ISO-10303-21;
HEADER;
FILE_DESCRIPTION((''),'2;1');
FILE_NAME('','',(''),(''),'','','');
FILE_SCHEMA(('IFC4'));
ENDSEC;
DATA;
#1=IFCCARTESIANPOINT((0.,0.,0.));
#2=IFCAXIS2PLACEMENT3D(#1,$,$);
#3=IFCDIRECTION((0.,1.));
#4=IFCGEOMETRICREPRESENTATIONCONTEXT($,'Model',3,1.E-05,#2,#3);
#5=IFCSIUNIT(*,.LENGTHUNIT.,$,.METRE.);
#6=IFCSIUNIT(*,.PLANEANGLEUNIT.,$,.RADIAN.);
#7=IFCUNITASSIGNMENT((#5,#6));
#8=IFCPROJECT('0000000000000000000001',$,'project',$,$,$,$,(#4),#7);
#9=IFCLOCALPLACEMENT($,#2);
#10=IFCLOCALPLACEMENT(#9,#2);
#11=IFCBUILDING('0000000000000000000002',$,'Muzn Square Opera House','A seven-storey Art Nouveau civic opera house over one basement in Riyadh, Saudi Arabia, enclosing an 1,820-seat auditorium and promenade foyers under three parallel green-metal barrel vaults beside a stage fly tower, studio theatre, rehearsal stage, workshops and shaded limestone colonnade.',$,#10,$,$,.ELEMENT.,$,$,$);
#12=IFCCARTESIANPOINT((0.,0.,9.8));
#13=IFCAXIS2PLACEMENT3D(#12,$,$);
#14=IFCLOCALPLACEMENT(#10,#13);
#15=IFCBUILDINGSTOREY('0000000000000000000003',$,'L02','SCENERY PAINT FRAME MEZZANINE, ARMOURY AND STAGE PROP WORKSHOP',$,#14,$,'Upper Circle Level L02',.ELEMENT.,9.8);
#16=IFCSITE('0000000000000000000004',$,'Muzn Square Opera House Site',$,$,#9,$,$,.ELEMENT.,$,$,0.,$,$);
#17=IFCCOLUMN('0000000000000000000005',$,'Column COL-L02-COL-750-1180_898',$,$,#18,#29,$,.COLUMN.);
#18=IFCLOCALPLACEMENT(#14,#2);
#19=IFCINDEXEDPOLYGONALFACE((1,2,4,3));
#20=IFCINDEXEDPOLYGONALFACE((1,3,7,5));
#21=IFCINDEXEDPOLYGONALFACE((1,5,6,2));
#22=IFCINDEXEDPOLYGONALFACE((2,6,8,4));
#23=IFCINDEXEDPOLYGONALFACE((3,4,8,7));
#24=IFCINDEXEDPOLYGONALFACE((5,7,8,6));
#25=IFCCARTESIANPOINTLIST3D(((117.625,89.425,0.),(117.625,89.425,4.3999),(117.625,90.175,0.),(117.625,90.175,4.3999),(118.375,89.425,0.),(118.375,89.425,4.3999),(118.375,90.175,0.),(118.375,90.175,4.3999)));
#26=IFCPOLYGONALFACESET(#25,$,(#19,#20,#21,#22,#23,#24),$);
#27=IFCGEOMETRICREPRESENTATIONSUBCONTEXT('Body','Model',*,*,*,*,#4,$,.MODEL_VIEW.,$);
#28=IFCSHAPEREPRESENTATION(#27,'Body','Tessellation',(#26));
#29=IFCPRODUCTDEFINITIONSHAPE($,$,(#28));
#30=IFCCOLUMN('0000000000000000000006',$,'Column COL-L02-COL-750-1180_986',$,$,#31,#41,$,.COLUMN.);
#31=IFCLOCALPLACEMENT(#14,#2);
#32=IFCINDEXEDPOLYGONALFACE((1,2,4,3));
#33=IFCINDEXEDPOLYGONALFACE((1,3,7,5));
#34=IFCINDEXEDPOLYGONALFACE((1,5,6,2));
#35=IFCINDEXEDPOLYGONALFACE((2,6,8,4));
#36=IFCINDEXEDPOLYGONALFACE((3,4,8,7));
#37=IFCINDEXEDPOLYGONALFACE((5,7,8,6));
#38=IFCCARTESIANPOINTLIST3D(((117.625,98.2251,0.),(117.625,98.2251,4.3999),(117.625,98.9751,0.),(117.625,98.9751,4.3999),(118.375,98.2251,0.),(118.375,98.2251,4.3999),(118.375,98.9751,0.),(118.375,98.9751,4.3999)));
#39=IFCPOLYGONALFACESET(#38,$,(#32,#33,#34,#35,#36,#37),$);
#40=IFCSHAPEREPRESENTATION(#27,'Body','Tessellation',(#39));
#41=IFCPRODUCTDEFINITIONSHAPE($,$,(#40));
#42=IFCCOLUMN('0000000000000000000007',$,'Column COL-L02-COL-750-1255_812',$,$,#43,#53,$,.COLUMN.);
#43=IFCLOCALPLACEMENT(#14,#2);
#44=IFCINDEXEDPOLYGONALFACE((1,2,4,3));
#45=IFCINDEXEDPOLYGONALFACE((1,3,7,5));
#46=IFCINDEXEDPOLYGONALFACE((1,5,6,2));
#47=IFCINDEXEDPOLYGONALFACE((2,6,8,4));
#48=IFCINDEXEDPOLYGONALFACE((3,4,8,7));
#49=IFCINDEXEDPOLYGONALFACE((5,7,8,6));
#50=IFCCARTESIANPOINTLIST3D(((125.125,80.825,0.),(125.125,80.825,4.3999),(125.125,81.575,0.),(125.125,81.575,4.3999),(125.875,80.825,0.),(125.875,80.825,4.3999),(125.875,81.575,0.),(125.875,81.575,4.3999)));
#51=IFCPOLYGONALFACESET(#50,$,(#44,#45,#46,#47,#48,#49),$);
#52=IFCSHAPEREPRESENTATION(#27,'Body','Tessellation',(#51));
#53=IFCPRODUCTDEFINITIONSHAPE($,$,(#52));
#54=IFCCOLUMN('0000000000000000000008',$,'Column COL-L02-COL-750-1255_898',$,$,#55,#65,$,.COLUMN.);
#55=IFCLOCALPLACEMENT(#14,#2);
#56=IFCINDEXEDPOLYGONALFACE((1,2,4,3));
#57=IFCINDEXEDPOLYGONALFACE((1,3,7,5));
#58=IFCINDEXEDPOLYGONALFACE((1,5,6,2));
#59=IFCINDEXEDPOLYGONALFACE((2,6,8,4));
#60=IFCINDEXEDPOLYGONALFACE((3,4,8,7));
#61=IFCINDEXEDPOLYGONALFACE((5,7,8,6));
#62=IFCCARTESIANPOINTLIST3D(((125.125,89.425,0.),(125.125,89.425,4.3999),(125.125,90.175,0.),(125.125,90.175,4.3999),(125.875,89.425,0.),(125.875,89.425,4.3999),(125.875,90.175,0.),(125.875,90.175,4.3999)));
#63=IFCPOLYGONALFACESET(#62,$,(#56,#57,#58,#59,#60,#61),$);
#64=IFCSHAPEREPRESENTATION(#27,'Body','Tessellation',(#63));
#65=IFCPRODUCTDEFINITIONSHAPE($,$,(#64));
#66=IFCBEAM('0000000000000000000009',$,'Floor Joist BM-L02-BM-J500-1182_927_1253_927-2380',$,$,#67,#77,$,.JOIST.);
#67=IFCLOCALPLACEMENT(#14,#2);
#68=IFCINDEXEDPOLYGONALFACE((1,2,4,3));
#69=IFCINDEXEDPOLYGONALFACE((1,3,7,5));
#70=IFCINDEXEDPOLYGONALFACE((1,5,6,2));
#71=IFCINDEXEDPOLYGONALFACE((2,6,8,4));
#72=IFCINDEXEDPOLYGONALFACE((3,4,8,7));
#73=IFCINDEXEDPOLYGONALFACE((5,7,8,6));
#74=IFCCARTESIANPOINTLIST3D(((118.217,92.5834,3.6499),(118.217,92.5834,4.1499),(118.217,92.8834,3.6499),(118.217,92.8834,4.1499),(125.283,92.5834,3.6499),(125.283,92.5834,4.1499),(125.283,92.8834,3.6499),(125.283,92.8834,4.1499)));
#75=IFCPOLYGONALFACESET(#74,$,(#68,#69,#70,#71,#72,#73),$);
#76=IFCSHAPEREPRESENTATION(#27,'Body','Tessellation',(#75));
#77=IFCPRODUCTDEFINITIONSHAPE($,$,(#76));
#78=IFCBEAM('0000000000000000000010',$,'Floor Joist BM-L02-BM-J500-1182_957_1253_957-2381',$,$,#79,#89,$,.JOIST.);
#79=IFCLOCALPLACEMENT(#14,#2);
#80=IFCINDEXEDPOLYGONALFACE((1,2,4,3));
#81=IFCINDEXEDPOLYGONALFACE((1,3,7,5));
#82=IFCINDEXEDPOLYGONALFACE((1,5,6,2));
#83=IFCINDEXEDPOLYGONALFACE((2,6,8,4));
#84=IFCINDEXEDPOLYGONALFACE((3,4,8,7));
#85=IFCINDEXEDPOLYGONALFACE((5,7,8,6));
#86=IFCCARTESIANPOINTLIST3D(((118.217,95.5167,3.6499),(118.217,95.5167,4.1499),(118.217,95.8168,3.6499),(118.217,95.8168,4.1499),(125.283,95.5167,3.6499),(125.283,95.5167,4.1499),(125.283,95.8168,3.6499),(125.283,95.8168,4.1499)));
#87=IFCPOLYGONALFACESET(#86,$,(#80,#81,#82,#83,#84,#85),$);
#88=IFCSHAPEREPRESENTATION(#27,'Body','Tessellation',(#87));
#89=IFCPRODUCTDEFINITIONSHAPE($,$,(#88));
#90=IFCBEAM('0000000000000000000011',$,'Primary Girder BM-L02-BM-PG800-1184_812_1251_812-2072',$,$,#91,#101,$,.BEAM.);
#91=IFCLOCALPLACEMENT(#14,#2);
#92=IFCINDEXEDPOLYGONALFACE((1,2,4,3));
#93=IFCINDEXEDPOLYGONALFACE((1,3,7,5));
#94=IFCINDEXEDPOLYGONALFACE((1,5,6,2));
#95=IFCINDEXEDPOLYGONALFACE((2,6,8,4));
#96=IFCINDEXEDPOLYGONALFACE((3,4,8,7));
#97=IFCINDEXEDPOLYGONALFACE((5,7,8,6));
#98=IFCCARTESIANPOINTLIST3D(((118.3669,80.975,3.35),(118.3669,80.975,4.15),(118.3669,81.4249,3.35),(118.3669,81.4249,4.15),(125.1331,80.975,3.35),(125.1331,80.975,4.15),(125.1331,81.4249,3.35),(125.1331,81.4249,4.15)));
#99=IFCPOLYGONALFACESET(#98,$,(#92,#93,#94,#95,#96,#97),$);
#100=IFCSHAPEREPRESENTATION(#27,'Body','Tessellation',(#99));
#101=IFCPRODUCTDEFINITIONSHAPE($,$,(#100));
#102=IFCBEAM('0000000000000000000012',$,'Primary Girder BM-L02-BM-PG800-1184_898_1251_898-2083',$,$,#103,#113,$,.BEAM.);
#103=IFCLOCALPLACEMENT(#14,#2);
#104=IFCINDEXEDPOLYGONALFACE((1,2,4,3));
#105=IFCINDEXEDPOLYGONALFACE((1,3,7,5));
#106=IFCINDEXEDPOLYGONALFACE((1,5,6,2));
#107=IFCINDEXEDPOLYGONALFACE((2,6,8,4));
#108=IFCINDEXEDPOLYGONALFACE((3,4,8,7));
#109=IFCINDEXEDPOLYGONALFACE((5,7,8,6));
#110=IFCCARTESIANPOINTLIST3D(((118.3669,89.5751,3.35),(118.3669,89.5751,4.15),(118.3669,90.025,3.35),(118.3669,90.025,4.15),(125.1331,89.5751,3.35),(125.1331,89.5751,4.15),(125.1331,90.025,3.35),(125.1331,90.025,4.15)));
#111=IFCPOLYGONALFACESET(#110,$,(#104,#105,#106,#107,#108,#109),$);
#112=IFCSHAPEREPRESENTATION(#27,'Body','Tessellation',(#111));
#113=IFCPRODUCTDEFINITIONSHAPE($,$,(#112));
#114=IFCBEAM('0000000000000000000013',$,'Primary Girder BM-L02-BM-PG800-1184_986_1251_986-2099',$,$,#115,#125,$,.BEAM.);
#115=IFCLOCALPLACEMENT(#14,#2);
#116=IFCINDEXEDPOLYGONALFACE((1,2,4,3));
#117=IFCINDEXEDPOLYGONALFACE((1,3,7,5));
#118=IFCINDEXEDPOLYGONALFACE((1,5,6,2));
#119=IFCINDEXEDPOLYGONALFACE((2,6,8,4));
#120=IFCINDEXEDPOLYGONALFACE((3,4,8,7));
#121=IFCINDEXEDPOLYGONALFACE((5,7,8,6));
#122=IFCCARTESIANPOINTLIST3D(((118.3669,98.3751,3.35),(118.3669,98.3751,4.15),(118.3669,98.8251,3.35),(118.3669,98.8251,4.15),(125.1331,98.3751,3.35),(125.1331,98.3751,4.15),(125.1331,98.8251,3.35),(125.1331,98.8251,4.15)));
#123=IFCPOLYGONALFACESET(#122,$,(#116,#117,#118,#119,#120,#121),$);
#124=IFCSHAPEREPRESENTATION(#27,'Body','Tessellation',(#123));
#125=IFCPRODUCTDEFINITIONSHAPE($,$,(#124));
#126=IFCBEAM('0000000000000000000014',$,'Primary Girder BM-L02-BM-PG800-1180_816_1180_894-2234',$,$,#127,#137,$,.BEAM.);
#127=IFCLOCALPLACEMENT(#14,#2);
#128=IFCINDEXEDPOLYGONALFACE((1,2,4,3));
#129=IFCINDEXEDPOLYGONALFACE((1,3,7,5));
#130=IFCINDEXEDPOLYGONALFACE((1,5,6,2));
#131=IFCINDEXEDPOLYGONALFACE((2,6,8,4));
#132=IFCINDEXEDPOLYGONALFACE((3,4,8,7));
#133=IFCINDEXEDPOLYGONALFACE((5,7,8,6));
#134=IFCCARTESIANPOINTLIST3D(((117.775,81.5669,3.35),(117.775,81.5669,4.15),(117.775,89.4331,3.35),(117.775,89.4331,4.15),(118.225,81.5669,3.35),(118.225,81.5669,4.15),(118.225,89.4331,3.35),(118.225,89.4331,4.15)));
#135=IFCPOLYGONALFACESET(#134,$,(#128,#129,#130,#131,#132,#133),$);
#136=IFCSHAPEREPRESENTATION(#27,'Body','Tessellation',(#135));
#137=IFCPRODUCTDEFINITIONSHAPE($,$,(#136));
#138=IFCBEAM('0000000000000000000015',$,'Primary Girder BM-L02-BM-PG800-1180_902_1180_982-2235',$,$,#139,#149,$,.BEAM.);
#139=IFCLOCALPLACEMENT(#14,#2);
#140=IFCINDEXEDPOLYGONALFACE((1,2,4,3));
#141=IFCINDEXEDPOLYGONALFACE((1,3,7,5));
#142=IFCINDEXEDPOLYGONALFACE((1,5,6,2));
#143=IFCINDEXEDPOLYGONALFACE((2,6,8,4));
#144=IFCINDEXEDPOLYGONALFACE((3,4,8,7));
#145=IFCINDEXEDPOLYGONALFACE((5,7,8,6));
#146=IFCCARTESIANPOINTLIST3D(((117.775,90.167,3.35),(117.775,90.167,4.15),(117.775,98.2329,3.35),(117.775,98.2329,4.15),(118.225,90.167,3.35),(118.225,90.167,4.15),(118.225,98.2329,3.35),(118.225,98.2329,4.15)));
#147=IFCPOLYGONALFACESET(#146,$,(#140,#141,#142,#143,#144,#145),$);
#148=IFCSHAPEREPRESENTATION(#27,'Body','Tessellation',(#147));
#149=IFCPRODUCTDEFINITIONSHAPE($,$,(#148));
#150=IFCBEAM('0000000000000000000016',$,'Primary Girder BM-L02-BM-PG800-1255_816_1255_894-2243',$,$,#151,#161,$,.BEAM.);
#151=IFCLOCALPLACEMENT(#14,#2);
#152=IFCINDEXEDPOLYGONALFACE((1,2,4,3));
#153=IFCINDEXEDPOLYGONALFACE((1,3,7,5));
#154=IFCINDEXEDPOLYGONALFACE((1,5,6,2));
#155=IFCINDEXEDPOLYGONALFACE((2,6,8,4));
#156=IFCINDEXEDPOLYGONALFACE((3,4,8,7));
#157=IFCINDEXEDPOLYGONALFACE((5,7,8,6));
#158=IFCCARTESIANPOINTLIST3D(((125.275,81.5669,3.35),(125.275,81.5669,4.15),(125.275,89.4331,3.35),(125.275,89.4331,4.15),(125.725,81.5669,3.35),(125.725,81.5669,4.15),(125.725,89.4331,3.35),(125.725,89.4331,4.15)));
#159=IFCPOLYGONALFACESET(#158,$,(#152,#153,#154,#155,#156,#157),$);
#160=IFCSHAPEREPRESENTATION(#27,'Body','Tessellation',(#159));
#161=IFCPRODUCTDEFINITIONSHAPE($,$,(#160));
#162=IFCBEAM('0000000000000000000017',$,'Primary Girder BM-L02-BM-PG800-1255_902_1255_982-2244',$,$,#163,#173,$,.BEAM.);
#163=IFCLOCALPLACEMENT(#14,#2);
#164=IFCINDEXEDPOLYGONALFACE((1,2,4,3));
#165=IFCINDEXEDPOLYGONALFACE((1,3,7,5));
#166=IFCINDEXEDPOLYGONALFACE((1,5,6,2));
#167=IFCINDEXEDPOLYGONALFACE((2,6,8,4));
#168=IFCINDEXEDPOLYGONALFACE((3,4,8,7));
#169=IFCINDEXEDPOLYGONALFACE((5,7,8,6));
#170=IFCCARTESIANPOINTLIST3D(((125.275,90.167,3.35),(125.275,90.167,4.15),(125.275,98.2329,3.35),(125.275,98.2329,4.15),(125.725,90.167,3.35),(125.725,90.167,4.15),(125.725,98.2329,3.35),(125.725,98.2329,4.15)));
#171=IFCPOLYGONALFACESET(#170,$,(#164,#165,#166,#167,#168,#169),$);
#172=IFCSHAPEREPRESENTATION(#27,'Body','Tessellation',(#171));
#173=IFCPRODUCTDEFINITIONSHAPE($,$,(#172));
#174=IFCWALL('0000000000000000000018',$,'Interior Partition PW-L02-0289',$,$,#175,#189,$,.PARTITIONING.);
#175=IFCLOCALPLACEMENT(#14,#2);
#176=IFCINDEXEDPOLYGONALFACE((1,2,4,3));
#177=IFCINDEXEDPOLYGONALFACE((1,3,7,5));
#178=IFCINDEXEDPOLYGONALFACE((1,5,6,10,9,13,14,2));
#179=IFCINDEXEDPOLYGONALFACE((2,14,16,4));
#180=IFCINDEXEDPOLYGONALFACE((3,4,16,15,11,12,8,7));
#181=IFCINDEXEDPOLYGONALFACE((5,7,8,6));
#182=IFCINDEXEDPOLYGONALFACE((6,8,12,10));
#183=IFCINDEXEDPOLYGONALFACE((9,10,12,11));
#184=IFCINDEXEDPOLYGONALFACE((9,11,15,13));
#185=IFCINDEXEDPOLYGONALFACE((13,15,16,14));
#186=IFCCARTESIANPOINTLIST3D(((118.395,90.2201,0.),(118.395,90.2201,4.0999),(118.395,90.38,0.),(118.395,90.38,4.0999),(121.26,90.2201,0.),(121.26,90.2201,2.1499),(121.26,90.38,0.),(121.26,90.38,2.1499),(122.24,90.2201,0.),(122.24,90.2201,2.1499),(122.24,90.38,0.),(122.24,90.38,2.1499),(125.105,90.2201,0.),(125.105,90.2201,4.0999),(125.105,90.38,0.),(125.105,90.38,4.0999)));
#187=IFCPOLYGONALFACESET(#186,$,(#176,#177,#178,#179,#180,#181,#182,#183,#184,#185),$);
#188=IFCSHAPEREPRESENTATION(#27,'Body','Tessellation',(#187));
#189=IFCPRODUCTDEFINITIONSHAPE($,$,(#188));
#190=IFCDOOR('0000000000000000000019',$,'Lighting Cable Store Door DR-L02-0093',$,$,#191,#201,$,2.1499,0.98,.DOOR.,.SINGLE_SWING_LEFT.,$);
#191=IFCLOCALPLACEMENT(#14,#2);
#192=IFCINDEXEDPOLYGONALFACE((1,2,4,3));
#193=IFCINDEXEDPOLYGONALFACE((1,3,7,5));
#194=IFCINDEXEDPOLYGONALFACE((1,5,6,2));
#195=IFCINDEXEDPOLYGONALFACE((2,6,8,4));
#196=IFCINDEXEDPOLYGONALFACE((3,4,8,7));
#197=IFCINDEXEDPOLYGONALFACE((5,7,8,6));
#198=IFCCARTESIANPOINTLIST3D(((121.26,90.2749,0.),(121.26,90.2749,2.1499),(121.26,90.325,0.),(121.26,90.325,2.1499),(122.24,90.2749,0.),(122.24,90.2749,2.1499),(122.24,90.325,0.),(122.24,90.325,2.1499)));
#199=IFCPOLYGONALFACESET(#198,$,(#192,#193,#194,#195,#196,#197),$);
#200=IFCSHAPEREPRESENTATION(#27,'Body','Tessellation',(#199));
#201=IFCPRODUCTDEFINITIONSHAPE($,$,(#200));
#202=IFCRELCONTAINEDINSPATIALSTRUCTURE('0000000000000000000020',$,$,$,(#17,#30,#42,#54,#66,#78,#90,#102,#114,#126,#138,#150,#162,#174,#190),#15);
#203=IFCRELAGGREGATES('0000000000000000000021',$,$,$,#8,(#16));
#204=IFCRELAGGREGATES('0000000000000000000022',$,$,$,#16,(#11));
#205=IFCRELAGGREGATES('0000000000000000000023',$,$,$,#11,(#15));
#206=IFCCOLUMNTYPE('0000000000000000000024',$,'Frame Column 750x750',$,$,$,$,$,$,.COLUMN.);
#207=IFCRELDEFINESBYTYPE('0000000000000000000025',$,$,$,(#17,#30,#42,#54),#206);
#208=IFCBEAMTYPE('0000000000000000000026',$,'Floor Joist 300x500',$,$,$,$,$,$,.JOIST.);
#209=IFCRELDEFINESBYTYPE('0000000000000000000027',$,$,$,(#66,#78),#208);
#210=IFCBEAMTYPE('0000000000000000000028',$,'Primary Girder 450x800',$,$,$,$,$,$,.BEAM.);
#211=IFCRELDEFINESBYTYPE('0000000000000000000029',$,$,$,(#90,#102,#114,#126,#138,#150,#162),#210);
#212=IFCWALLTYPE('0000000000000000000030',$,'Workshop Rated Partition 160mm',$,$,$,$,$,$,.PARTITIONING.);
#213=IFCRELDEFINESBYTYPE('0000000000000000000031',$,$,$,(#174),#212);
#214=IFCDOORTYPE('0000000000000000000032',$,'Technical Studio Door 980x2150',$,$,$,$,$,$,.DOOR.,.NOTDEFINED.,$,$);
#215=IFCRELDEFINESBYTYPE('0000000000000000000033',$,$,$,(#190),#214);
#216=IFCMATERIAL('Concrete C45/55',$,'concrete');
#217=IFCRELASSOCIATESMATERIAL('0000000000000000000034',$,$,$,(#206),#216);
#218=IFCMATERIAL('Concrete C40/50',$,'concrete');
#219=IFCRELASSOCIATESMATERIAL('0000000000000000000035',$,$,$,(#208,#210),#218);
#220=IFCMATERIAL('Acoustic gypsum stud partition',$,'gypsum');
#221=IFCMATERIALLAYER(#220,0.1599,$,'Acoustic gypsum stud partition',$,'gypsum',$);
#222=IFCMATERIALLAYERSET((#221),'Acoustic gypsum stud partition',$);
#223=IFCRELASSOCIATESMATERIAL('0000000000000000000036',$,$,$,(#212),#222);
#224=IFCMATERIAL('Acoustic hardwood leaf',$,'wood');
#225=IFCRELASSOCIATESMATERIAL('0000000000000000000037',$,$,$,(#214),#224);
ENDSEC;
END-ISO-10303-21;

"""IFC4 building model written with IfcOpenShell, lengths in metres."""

from ifc_helpers import new_model, si_unit, direction, frame, frame_2d, origin, origin_2d, place, context, subcontext, project, spatial, rectangle, extrude, material, layer, layer_set, material_profile, profile_set, type_object, element, fill, save


model = new_model("IFC4")

# Units and contexts
model_context = context("Model", 3, precision=1e-05, world=origin(), true_north=direction((0.0, 1.0)))
body_context = subcontext(model_context, "Body", "Model", "MODEL_VIEW")
ifc_project = project(units=[si_unit("LENGTHUNIT", "METRE"), si_unit("PLANEANGLEUNIT", "RADIAN")], contexts=[model_context])

# Site, building, storey
site_placement = place(None, origin())
site = spatial("IfcSite", under=ifc_project, at=site_placement, Name="Muzn Square Opera House Site", CompositionType="ELEMENT", RefElevation=0.0)
building_placement = place(site_placement, origin())
building = spatial("IfcBuilding", under=site, at=building_placement, Name="Muzn Square Opera House", Description="A seven-storey Art Nouveau civic opera house over one basement in Riyadh, Saudi Arabia, enclosing an 1,820-seat auditorium and promenade foyers under three parallel green-metal barrel vaults beside a stage fly tower, studio theatre, rehearsal stage, workshops and shaded limestone colonnade.", CompositionType="ELEMENT")
storey_placement = place(building_placement, frame((0.0, 0.0, 9.8)))
storey = spatial("IfcBuildingStorey", under=building, at=storey_placement, Name="L02", Description="SCENERY PAINT FRAME MEZZANINE, ARMOURY AND STAGE PROP WORKSHOP", LongName="Upper Circle Level L02", CompositionType="ELEMENT", Elevation=9.8)

# Columns
ifc_material_1 = material(Name="Concrete C45/55", Category="concrete")
ifc_material_profile_1 = material_profile(ifc_material_1, rectangle(XDim=0.75, YDim=0.75, at=origin_2d()), Name="RC 750x750", Category="concrete")
ifc_profile_set_1 = profile_set([ifc_material_profile_1], Name="Concrete C45/55")
column_type = type_object("IfcColumnType", Name="Frame Column 750x750", PredefinedType="COLUMN", material=ifc_profile_set_1)
for number, where, z_axis, x_axis, name in (
    (1, (118.0, 89.8, 0.0), (0.0, 0.0, 1.0), (1.0, 0.0, 0.0), "Column COL-L02-COL-750-1180_898"),
    (2, (118.0, 98.6001, 0.0), (0.0, 0.0, 1.0), (1.0, 0.0, 0.0), "Column COL-L02-COL-750-1180_986"),
    (3, (125.5, 81.2, 0.0), (0.0, 0.0, 1.0), (1.0, 0.0, 0.0), "Column COL-L02-COL-750-1255_812"),
    (4, (125.5, 89.8, 0.0), (0.0, 0.0, 1.0), (1.0, 0.0, 0.0), "Column COL-L02-COL-750-1255_898"),
):
    element("IfcColumn", number, at=place(storey_placement, frame(where, z_axis=z_axis, x_axis=x_axis)), inside=storey, type_object=column_type, Name=name, PredefinedType="COLUMN", context=body_context, shape_type="SweptSolid", body=[
        extrude(rectangle(XDim=0.75, YDim=0.75, at=origin_2d()), origin(), (0.0, 0.0, 1.0), 4.3999),
    ])

# Beams
ifc_material_2 = material(Name="Concrete C40/50", Category="concrete")
ifc_material_profile_2 = material_profile(ifc_material_2, rectangle(XDim=0.3, YDim=0.5, at=origin_2d()), Name="RCJ 300x500", Category="concrete")
ifc_profile_set_2 = profile_set([ifc_material_profile_2], Name="Concrete C40/50")
beam_type_1 = type_object("IfcBeamType", Name="Floor Joist 300x500", PredefinedType="JOIST", material=ifc_profile_set_2)
for number, where, z_axis, x_axis, name in (
    (5, (118.217, 92.7334, 3.8999), (1.0, 0.0, 0.0), (0.0, 1.0, 0.0), "Floor Joist BM-L02-BM-J500-1182_927_1253_927-2380"),
    (6, (118.217, 95.6667, 3.8999), (1.0, 0.0, 0.0), (0.0, 1.0, 0.0), "Floor Joist BM-L02-BM-J500-1182_957_1253_957-2381"),
):
    element("IfcBeam", number, at=place(storey_placement, frame(where, z_axis=z_axis, x_axis=x_axis)), inside=storey, type_object=beam_type_1, Name=name, PredefinedType="JOIST", context=body_context, shape_type="SweptSolid", body=[
        extrude(rectangle(XDim=0.3, YDim=0.5, at=origin_2d()), origin(), (0.0, 0.0, 1.0), 7.0659),
    ])
ifc_material_profile_3 = material_profile(ifc_material_2, rectangle(XDim=0.45, YDim=0.8, at=origin_2d()), Name="RCB 450x800", Category="concrete")
ifc_profile_set_3 = profile_set([ifc_material_profile_3], Name="Concrete C40/50")
beam_type_2 = type_object("IfcBeamType", Name="Primary Girder 450x800", PredefinedType="BEAM", material=ifc_profile_set_3)
for number, where, z_axis, x_axis, name in (
    (7, (118.3669, 81.2, 3.75), (1.0, 0.0, 0.0), (0.0, 1.0, 0.0), "Primary Girder BM-L02-BM-PG800-1184_812_1251_812-2072"),
    (8, (118.3669, 89.8, 3.75), (1.0, 0.0, 0.0), (0.0, 1.0, 0.0), "Primary Girder BM-L02-BM-PG800-1184_898_1251_898-2083"),
    (9, (118.3669, 98.6001, 3.75), (1.0, 0.0, 0.0), (0.0, 1.0, 0.0), "Primary Girder BM-L02-BM-PG800-1184_986_1251_986-2099"),
):
    element("IfcBeam", number, at=place(storey_placement, frame(where, z_axis=z_axis, x_axis=x_axis)), inside=storey, type_object=beam_type_2, Name=name, PredefinedType="BEAM", context=body_context, shape_type="SweptSolid", body=[
        extrude(rectangle(XDim=0.45, YDim=0.8, at=origin_2d()), origin(), (0.0, 0.0, 1.0), 6.7661),
    ])
beam_1_placement = place(storey_placement, frame((118.0, 81.5669, 3.75), z_axis=(0.0, 1.0, 0.0), x_axis=(-1.0, 0.0, 0.0)))
element("IfcBeam", 10, at=beam_1_placement, inside=storey, type_object=beam_type_2, Name="Primary Girder BM-L02-BM-PG800-1180_816_1180_894-2234", PredefinedType="BEAM", context=body_context, shape_type="SweptSolid", body=[
    extrude(rectangle(XDim=0.45, YDim=0.8, at=origin_2d()), origin(), (0.0, 0.0, 1.0), 7.8662),
])
beam_2_placement = place(storey_placement, frame((118.0, 90.167, 3.75), z_axis=(0.0, 1.0, 0.0), x_axis=(-1.0, 0.0, 0.0)))
element("IfcBeam", 11, at=beam_2_placement, inside=storey, type_object=beam_type_2, Name="Primary Girder BM-L02-BM-PG800-1180_902_1180_982-2235", PredefinedType="BEAM", context=body_context, shape_type="SweptSolid", body=[
    extrude(rectangle(XDim=0.45, YDim=0.8, at=origin_2d()), origin(), (0.0, 0.0, 1.0), 8.0659),
])
beam_3_placement = place(storey_placement, frame((125.5, 81.5669, 3.75), z_axis=(0.0, 1.0, 0.0), x_axis=(-1.0, 0.0, 0.0)))
element("IfcBeam", 12, at=beam_3_placement, inside=storey, type_object=beam_type_2, Name="Primary Girder BM-L02-BM-PG800-1255_816_1255_894-2243", PredefinedType="BEAM", context=body_context, shape_type="SweptSolid", body=[
    extrude(rectangle(XDim=0.45, YDim=0.8, at=origin_2d()), origin(), (0.0, 0.0, 1.0), 7.8662),
])
beam_4_placement = place(storey_placement, frame((125.5, 90.167, 3.75), z_axis=(0.0, 1.0, 0.0), x_axis=(-1.0, 0.0, 0.0)))
element("IfcBeam", 13, at=beam_4_placement, inside=storey, type_object=beam_type_2, Name="Primary Girder BM-L02-BM-PG800-1255_902_1255_982-2244", PredefinedType="BEAM", context=body_context, shape_type="SweptSolid", body=[
    extrude(rectangle(XDim=0.45, YDim=0.8, at=origin_2d()), origin(), (0.0, 0.0, 1.0), 8.0659),
])

# Wall, opening, door
ifc_material_3 = material(Name="Acoustic gypsum stud partition", Category="gypsum")
ifc_layer = layer(ifc_material_3, 0.1599, Name="Acoustic gypsum stud partition", Category="gypsum")
ifc_layer_set = layer_set([ifc_layer], Name="Acoustic gypsum stud partition")
wall_type = type_object("IfcWallType", Name="Workshop Rated Partition 160mm", PredefinedType="PARTITIONING", material=ifc_layer_set)
wall_1_placement = place(storey_placement, frame((118.395, 90.3, 0.0), z_axis=(0.0, 0.0, 1.0), x_axis=(1.0, 0.0, 0.0)))
wall_1 = element("IfcWall", 14, at=wall_1_placement, inside=storey, type_object=wall_type, Name="Interior Partition PW-L02-0289", PredefinedType="PARTITIONING", context=body_context, shape_type="SweptSolid", body=[
    extrude(rectangle(XDim=6.71, YDim=0.1599, at=frame_2d((3.355, 0.0))), origin(), (0.0, 0.0, 1.0), 4.0999),
])
opening_placement = place(wall_1_placement, frame((2.865, 0.0, 0.0)))
opening = element("IfcOpeningElement", 15, at=opening_placement, cuts=wall_1, PredefinedType="OPENING", context=body_context, shape_type="SweptSolid", body=[
    extrude(rectangle(XDim=0.98, YDim=2.1499, at=frame_2d((0.49, 1.075))), frame((0.0, 0.0898, 0.0), z_axis=(0.0, -1.0, 0.0), x_axis=(1.0, 0.0, 0.0)), (0.0, 0.0, 1.0), 0.1799),
])
ifc_material_4 = material(Name="Acoustic hardwood leaf", Category="wood")
door_type = type_object("IfcDoorType", Name="Technical Studio Door 980x2150", OperationType="NOTDEFINED", PredefinedType="DOOR", material=ifc_material_4)
door_placement = place(opening_placement, origin())
door = element("IfcDoor", 16, at=door_placement, inside=storey, type_object=door_type, Name="Lighting Cable Store Door DR-L02-0093", OperationType="SINGLE_SWING_LEFT", OverallHeight=2.1499, OverallWidth=0.98, PredefinedType="DOOR", context=body_context, shape_type="SweptSolid", body=[
    extrude(rectangle(XDim=0.98, YDim=2.1499, at=frame_2d((0.49, 1.075))), frame((0.0, 0.0249, 0.0), z_axis=(0.0, -1.0, 0.0), x_axis=(1.0, 0.0, 0.0)), (0.0, 0.0, 1.0), 0.05),
])
fill(opening, door)

save(model, "model.ifc")
